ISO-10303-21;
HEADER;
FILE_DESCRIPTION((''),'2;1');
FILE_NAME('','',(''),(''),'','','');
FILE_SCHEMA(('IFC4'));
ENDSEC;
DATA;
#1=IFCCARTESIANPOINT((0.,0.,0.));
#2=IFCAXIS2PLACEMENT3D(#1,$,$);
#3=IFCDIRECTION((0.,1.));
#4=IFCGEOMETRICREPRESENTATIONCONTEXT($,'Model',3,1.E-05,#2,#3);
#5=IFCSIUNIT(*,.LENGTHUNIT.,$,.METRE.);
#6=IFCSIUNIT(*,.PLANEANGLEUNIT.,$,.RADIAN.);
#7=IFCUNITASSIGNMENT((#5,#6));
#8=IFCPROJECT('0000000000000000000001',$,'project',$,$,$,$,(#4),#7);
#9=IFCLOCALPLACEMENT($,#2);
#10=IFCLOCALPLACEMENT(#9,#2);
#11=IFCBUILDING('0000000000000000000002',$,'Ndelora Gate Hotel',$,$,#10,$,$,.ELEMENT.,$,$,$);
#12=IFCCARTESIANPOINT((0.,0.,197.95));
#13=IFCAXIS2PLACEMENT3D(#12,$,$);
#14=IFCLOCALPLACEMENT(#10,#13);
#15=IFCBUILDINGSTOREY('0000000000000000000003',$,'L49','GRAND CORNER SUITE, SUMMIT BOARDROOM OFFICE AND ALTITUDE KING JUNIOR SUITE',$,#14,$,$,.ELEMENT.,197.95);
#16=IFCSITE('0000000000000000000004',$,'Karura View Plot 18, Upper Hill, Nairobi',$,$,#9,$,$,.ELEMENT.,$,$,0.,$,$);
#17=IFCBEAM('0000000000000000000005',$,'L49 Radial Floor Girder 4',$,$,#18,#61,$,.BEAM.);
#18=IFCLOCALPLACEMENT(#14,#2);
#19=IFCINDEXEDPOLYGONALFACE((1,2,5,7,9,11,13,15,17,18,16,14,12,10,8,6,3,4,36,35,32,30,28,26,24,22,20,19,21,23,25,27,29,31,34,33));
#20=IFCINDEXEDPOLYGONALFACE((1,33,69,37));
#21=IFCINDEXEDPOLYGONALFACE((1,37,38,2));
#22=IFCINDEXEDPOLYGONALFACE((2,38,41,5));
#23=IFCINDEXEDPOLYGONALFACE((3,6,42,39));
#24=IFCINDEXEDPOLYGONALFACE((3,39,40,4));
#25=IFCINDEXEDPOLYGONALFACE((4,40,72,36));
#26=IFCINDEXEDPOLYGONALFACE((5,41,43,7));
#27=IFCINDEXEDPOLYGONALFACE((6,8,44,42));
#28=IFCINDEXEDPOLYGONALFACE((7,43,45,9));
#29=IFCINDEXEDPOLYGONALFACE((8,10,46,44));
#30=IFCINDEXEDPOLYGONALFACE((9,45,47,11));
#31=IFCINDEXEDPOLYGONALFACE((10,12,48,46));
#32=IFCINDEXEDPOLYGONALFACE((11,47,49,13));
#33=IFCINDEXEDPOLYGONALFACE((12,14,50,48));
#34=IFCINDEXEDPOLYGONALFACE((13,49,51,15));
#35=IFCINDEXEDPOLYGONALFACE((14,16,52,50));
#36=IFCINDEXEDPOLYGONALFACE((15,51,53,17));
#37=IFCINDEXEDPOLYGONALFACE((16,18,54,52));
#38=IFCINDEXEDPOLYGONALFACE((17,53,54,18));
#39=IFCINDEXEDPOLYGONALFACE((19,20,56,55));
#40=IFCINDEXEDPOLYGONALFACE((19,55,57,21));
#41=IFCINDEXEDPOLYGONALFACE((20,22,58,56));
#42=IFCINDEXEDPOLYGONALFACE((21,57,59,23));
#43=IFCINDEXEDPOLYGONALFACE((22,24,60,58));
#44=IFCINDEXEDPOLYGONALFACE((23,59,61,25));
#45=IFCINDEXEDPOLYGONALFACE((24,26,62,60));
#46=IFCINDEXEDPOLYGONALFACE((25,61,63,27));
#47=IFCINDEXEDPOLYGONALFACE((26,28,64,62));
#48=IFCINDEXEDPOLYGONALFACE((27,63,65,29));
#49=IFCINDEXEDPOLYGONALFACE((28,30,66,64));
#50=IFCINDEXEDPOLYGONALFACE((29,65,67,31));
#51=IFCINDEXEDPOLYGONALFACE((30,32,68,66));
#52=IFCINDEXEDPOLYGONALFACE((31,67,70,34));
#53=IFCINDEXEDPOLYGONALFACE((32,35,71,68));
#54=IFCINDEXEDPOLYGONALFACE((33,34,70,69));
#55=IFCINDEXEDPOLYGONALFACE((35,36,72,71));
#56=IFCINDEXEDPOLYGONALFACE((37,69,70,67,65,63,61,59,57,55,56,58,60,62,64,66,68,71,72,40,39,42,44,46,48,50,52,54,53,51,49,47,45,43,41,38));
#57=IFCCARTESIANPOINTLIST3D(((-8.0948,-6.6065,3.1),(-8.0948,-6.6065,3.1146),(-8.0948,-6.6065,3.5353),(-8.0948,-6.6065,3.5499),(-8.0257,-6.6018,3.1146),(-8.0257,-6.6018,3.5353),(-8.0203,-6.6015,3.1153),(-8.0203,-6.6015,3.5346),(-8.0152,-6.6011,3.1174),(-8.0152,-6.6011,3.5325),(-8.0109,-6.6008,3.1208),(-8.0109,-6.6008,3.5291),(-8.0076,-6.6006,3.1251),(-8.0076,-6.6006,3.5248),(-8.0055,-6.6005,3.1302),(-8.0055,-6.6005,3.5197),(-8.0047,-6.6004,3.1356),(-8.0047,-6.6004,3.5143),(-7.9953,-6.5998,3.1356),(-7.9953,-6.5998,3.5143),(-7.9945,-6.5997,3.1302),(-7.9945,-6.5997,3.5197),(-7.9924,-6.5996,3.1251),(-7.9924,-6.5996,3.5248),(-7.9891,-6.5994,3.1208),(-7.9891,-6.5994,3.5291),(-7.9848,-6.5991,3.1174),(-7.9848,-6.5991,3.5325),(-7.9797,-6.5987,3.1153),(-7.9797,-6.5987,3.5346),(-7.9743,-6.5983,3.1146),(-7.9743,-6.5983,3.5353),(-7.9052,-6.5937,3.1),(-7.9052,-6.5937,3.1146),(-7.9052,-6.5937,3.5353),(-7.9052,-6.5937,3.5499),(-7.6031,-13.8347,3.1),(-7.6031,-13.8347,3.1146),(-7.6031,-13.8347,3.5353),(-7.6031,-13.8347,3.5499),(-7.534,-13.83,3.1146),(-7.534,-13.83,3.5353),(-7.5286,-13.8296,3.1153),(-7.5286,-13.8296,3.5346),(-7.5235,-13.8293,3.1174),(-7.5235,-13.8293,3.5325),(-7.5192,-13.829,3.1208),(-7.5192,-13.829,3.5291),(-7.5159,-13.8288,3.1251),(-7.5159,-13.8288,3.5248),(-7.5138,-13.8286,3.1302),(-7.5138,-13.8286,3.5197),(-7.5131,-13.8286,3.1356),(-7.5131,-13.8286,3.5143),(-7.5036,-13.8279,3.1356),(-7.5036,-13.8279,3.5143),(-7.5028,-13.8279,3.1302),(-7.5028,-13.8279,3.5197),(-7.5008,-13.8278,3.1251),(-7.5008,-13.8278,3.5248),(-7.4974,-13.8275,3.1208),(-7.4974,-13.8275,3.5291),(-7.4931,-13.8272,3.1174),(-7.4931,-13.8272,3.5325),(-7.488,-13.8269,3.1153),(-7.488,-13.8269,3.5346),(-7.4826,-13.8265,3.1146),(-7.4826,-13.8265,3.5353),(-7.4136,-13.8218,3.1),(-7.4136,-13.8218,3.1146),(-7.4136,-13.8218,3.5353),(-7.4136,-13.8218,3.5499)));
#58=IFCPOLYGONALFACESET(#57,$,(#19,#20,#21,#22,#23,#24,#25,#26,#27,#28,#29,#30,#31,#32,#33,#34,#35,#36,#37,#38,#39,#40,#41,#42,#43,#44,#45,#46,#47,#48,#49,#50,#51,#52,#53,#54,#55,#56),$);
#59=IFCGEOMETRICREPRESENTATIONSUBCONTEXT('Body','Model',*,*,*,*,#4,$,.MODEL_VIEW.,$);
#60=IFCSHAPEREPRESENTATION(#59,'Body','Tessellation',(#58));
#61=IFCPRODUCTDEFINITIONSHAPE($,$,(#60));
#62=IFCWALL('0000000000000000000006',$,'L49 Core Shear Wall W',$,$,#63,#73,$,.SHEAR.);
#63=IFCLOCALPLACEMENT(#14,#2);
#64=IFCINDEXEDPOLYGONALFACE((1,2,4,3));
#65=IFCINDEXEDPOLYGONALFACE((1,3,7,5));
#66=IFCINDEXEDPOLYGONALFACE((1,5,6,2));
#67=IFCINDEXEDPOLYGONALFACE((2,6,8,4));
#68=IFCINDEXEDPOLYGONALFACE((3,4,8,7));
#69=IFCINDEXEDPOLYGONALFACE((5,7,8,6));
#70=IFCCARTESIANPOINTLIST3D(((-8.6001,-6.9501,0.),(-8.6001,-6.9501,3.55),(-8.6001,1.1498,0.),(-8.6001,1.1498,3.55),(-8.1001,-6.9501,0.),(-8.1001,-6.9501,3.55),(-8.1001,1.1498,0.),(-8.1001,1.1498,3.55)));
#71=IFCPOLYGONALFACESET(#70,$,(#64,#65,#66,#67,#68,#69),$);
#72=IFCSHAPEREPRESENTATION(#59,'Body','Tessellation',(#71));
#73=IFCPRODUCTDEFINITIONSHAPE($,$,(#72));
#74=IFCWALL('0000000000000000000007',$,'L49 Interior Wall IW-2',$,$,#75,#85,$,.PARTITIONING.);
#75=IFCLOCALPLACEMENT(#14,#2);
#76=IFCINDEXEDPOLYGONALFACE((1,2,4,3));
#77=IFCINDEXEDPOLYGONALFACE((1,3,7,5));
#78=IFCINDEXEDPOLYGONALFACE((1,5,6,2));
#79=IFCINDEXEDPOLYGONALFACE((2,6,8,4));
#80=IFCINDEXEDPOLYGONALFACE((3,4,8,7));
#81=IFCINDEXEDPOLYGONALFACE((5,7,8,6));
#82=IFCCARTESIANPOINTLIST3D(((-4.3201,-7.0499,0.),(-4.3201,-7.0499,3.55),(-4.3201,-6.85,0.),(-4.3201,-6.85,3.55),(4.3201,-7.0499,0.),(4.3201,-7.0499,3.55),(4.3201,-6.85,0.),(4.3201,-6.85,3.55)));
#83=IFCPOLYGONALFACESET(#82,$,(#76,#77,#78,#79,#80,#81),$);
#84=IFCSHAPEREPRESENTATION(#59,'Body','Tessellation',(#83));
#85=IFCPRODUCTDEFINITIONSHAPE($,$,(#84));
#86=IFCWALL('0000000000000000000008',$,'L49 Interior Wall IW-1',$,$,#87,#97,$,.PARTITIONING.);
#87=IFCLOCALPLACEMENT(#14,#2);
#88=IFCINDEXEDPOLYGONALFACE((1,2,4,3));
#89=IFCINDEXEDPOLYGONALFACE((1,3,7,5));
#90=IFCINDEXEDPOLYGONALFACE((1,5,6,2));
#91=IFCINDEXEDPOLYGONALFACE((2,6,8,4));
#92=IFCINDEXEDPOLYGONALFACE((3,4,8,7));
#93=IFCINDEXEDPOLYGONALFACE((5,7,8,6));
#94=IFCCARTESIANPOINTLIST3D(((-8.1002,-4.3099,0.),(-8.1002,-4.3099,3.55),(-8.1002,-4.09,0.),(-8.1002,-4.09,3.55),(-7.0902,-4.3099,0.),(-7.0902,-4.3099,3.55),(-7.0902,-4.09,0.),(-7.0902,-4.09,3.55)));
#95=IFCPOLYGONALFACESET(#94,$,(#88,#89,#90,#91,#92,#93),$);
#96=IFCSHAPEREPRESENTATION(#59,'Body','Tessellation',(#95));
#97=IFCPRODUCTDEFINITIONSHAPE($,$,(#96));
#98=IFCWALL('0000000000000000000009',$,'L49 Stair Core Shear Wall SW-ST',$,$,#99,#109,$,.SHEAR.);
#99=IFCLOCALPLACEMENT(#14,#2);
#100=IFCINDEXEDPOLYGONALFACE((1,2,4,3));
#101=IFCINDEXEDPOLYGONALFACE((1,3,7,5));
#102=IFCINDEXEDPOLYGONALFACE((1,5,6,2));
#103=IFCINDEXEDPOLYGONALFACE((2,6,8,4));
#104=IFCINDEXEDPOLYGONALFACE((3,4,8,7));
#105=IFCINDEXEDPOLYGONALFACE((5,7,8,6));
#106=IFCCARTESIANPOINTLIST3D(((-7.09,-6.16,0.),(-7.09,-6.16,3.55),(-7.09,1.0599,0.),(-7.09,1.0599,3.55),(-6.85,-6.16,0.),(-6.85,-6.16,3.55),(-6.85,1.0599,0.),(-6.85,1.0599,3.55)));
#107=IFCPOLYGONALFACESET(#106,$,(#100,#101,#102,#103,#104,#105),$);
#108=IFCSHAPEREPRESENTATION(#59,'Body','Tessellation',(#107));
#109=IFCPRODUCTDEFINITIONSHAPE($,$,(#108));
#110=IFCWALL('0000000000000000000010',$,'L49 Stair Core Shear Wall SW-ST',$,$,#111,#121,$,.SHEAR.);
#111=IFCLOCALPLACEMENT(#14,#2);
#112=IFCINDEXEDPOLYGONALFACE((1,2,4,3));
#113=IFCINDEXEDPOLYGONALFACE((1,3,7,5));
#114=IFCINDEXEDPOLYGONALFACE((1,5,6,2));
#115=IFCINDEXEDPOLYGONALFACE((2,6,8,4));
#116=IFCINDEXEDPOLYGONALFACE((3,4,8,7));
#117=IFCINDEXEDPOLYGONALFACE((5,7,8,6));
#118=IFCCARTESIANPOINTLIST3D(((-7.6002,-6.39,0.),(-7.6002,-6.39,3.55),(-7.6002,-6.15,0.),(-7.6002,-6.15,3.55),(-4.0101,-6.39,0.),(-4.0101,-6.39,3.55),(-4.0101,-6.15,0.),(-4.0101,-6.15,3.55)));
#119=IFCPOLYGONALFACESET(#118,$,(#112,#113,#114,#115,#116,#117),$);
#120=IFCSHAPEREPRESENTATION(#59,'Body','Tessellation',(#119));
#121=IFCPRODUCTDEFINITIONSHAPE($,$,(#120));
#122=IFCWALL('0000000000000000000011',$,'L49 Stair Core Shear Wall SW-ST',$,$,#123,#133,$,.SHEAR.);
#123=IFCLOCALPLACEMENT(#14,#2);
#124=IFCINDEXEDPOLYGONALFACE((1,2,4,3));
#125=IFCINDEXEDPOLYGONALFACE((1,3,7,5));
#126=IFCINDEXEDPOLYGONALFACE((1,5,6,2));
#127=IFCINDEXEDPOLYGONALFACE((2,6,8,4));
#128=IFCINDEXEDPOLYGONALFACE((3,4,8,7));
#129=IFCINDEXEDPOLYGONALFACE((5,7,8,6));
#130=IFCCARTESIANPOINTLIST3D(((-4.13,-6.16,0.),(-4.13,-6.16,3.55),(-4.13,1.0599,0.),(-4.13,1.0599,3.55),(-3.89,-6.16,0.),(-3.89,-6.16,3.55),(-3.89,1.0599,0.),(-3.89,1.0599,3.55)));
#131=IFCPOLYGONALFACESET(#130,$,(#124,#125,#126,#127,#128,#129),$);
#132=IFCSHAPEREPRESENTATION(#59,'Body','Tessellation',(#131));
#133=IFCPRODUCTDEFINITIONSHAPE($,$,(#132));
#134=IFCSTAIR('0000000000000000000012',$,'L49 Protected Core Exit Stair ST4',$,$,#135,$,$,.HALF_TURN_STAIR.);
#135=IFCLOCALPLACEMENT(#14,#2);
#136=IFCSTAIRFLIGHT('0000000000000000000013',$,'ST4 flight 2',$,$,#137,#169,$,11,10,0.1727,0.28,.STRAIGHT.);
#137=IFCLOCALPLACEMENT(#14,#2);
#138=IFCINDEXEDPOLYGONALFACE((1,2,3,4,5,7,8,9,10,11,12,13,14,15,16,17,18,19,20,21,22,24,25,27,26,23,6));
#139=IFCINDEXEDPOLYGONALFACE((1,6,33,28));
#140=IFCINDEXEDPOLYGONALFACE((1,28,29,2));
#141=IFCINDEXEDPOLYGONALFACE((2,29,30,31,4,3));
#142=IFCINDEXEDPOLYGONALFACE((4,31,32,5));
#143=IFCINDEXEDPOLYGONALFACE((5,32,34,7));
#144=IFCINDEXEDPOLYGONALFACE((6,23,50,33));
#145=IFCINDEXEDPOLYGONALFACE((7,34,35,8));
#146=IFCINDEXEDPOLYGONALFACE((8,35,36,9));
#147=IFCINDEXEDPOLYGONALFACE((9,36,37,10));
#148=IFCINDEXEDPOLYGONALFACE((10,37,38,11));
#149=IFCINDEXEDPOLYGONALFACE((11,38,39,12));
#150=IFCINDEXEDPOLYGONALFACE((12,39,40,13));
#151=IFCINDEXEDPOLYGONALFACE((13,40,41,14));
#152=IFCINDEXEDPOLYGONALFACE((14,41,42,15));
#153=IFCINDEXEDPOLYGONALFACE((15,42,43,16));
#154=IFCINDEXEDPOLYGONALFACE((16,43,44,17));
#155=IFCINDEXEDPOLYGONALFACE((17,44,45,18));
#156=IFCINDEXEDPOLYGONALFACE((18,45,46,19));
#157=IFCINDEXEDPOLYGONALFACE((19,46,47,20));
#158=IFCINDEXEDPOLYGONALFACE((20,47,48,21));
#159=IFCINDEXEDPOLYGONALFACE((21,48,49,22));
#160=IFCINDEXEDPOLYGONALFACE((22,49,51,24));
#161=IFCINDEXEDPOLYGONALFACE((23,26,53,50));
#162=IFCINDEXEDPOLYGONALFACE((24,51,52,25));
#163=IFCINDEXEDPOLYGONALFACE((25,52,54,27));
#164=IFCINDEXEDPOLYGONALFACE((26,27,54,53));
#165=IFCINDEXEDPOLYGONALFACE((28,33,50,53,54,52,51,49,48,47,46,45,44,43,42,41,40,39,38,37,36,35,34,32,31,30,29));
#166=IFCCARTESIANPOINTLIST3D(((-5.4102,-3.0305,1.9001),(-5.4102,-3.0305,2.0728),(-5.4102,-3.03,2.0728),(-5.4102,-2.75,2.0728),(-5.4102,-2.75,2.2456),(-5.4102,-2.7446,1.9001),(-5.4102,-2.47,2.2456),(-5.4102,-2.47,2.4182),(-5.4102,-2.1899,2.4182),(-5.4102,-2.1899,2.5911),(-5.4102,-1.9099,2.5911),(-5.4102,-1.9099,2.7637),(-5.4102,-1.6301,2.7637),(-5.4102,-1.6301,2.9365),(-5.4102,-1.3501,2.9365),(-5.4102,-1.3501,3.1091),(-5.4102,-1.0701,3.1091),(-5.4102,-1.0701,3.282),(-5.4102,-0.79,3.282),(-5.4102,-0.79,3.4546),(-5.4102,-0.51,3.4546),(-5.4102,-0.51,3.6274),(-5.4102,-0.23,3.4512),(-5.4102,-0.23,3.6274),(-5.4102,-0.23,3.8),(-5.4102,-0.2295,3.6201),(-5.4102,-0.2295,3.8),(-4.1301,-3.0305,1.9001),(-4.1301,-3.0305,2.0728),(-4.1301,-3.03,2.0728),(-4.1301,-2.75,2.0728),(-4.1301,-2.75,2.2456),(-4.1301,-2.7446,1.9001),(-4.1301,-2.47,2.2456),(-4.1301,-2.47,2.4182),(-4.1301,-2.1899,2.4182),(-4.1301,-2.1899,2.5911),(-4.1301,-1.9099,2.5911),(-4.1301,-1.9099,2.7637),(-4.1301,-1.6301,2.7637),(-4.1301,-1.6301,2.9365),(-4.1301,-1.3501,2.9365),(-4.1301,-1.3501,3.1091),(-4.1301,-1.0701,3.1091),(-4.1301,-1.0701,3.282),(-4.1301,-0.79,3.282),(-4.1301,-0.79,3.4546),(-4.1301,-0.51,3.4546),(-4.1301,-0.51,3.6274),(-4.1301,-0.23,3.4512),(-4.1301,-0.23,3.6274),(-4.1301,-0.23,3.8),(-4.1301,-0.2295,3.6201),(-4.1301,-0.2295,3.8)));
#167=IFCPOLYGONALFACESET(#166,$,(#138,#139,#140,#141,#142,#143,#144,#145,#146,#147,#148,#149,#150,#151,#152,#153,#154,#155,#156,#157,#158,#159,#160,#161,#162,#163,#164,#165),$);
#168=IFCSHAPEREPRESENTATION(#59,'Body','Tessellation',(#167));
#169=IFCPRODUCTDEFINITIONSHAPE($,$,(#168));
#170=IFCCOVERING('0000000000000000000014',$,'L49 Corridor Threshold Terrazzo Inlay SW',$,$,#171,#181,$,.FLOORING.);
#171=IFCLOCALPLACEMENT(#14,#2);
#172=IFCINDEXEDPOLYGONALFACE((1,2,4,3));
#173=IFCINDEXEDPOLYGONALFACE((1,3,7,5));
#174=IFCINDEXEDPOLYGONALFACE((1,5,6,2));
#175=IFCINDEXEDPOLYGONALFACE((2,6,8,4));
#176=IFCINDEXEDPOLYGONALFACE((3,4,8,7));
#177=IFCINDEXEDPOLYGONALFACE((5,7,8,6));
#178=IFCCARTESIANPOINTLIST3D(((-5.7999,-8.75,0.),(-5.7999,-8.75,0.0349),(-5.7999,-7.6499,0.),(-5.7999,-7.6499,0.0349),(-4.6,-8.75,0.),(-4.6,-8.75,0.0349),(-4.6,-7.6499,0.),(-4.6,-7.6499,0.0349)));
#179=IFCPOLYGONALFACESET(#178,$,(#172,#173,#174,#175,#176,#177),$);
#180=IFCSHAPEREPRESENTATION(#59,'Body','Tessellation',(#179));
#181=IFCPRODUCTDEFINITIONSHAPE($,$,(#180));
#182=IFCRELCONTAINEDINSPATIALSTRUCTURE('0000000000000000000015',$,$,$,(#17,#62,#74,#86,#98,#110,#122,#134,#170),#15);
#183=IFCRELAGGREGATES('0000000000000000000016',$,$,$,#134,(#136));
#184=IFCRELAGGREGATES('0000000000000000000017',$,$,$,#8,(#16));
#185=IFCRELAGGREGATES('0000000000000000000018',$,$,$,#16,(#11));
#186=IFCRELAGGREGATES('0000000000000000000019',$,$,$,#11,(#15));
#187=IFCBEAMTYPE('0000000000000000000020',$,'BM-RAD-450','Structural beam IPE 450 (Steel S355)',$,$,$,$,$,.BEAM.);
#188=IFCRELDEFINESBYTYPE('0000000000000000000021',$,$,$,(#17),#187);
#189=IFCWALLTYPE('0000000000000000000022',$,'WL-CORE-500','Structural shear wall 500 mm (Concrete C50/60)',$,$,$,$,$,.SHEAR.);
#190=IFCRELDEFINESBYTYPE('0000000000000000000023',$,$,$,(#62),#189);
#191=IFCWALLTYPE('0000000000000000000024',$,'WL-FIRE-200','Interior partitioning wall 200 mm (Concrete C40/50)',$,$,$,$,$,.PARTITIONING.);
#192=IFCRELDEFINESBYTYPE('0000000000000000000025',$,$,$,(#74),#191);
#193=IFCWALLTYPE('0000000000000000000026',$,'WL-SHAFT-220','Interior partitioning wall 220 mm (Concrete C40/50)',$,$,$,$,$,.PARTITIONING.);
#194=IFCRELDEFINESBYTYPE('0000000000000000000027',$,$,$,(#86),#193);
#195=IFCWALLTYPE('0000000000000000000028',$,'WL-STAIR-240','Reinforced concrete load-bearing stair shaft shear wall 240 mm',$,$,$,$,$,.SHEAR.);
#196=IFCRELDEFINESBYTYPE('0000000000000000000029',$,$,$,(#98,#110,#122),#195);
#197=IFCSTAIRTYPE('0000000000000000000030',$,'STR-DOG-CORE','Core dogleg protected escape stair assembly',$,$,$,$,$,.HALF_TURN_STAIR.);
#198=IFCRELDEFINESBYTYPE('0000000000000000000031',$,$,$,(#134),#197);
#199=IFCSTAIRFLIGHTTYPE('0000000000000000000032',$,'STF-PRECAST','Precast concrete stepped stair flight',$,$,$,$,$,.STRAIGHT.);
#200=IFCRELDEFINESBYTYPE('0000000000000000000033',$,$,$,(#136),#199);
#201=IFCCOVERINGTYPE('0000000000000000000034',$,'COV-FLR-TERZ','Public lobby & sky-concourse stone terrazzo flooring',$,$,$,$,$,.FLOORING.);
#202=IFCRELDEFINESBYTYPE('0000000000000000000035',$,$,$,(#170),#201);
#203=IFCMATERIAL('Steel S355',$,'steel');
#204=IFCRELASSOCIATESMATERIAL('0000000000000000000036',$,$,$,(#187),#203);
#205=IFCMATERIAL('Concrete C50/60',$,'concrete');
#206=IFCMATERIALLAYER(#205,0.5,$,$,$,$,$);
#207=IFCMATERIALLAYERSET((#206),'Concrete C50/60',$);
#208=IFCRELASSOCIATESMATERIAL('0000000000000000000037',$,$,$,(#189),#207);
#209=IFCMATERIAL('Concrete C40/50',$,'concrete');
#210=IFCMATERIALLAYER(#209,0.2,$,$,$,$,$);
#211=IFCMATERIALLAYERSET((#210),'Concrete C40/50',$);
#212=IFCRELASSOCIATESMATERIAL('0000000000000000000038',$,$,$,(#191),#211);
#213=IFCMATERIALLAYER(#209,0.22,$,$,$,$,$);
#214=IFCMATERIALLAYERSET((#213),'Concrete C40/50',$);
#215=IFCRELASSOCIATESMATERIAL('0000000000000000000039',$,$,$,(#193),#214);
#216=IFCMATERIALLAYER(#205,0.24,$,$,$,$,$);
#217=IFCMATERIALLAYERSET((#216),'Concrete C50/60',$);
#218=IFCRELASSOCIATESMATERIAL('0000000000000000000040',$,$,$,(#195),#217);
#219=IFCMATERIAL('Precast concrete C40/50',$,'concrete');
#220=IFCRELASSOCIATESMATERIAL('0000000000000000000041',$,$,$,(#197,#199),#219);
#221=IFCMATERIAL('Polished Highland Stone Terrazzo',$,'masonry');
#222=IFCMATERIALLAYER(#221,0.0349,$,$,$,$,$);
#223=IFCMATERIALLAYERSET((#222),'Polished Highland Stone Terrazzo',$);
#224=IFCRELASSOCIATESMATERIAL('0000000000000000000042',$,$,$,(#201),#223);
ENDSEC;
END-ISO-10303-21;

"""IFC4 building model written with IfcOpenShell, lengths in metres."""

from ifc_helpers import new_model, si_unit, direction, frame, frame_2d, origin, origin_2d, place, context, subcontext, project, spatial, polyline, rectangle, i_section, outline, extrude, material, layer, layer_set, material_profile, profile_set, type_object, element, aggregate, save


model = new_model("IFC4")

# Units and contexts
model_context = context("Model", 3, precision=1e-05, world=origin(), true_north=direction((0.0, 1.0)))
body_context = subcontext(model_context, "Body", "Model", "MODEL_VIEW")
ifc_project = project(units=[si_unit("LENGTHUNIT", "METRE"), si_unit("PLANEANGLEUNIT", "RADIAN")], contexts=[model_context])

# Site, building, storey
site_placement = place(None, origin())
site = spatial("IfcSite", under=ifc_project, at=site_placement, Name="Karura View Plot 18, Upper Hill, Nairobi", CompositionType="ELEMENT", RefElevation=0.0)
building_placement = place(site_placement, origin())
building = spatial("IfcBuilding", under=site, at=building_placement, Name="Ndelora Gate Hotel", CompositionType="ELEMENT")
storey_placement = place(building_placement, frame((0.0, 0.0, 197.95)))
storey = spatial("IfcBuildingStorey", under=building, at=storey_placement, Name="L49", Description="GRAND CORNER SUITE, SUMMIT BOARDROOM OFFICE AND ALTITUDE KING JUNIOR SUITE", CompositionType="ELEMENT", Elevation=197.95)

# Shared definitions
ifc_material_1 = material(Name="Concrete C50/60", Category="concrete")

# Beam
ifc_material_2 = material(Name="Steel S355", Category="steel")
ifc_material_profile_1 = material_profile(ifc_material_2, i_section(OverallWidth=0.1899, OverallDepth=0.45, WebThickness=0.0095, FlangeThickness=0.0146, FilletRadius=0.021, at=origin_2d()), Name="IPE 450")
ifc_profile_set_1 = profile_set([ifc_material_profile_1], Name="Steel S355")
beam_type_1 = type_object("IfcBeamType", Name="BM-RAD-450", Description="Structural beam IPE 450 (Steel S355)", PredefinedType="BEAM", material=ifc_profile_set_1)
beam_1_placement = place(storey_placement, frame((-8.0, -6.6001, 3.325), z_axis=(0.067868, -0.997694, 0.0), x_axis=(0.997694, 0.067868, 0.0)))
element("IfcBeam", 1, at=beam_1_placement, inside=storey, type_object=beam_type_1, Name="L49 Radial Floor Girder 4", PredefinedType="BEAM", context=body_context, shape_type="SweptSolid", body=[
    extrude(i_section(OverallWidth=0.1899, OverallDepth=0.45, WebThickness=0.0095, FlangeThickness=0.0146, FilletRadius=0.021, at=origin_2d()), origin(), (0.0, 0.0, 1.0), 7.2449),
])

# Walls
ifc_layer_1 = layer(ifc_material_1, 0.5)
ifc_layer_set_1 = layer_set([ifc_layer_1], Name="Concrete C50/60")
wall_type_1 = type_object("IfcWallType", Name="WL-CORE-500", Description="Structural shear wall 500 mm (Concrete C50/60)", PredefinedType="SHEAR", material=ifc_layer_set_1)
wall_1_placement = place(storey_placement, frame((-8.3501, -6.95, 0.0), z_axis=(0.0, 0.0, 1.0), x_axis=(0.0, 1.0, 0.0)))
element("IfcWall", 2, at=wall_1_placement, inside=storey, type_object=wall_type_1, Name="L49 Core Shear Wall W", PredefinedType="SHEAR", context=body_context, shape_type="SweptSolid", body=[
    extrude(rectangle(XDim=8.0999, YDim=0.5, at=frame_2d((4.0498, 0.0))), origin(), (0.0, 0.0, 1.0), 3.55),
])
ifc_material_3 = material(Name="Concrete C40/50", Category="concrete")
ifc_layer_2 = layer(ifc_material_3, 0.2)
ifc_layer_set_2 = layer_set([ifc_layer_2], Name="Concrete C40/50")
wall_type_2 = type_object("IfcWallType", Name="WL-FIRE-200", Description="Interior partitioning wall 200 mm (Concrete C40/50)", PredefinedType="PARTITIONING", material=ifc_layer_set_2)
wall_2_placement = place(storey_placement, frame((-4.3201, -6.95, 0.0), z_axis=(0.0, 0.0, 1.0), x_axis=(1.0, 0.0, 0.0)))
element("IfcWall", 3, at=wall_2_placement, inside=storey, type_object=wall_type_2, Name="L49 Interior Wall IW-2", PredefinedType="PARTITIONING", context=body_context, shape_type="SweptSolid", body=[
    extrude(rectangle(XDim=8.6401, YDim=0.2, at=frame_2d((4.3201, 0.0))), origin(), (0.0, 0.0, 1.0), 3.55),
])
ifc_layer_3 = layer(ifc_material_3, 0.22)
ifc_layer_set_3 = layer_set([ifc_layer_3], Name="Concrete C40/50")
wall_type_3 = type_object("IfcWallType", Name="WL-SHAFT-220", Description="Interior partitioning wall 220 mm (Concrete C40/50)", PredefinedType="PARTITIONING", material=ifc_layer_set_3)
wall_3_placement = place(storey_placement, frame((-8.1001, -4.2, 0.0), z_axis=(0.0, 0.0, 1.0), x_axis=(1.0, 0.0, 0.0)))
element("IfcWall", 4, at=wall_3_placement, inside=storey, type_object=wall_type_3, Name="L49 Interior Wall IW-1", PredefinedType="PARTITIONING", context=body_context, shape_type="SweptSolid", body=[
    extrude(rectangle(XDim=1.01, YDim=0.22, at=frame_2d((0.5049, 0.0))), origin(), (0.0, 0.0, 1.0), 3.55),
])
ifc_layer_4 = layer(ifc_material_1, 0.24)
ifc_layer_set_4 = layer_set([ifc_layer_4], Name="Concrete C50/60")
wall_type_4 = type_object("IfcWallType", Name="WL-STAIR-240", Description="Reinforced concrete load-bearing stair shaft shear wall 240 mm", PredefinedType="SHEAR", material=ifc_layer_set_4)
wall_4_placement = place(storey_placement, frame((-6.97, -6.1599, 0.0), z_axis=(0.0, 0.0, 1.0), x_axis=(0.0, 1.0, 0.0)))
element("IfcWall", 5, at=wall_4_placement, inside=storey, type_object=wall_type_4, Name="L49 Stair Core Shear Wall SW-ST", PredefinedType="SHEAR", context=body_context, shape_type="SweptSolid", body=[
    extrude(rectangle(XDim=7.22, YDim=0.24, at=frame_2d((3.6099, 0.0))), origin(), (0.0, 0.0, 1.0), 3.55),
])
wall_5_placement = place(storey_placement, frame((-7.6001, -6.27, 0.0), z_axis=(0.0, 0.0, 1.0), x_axis=(1.0, 0.0, 0.0)))
element("IfcWall", 6, at=wall_5_placement, inside=storey, type_object=wall_type_4, Name="L49 Stair Core Shear Wall SW-ST", PredefinedType="SHEAR", context=body_context, shape_type="SweptSolid", body=[
    extrude(rectangle(XDim=3.5901, YDim=0.24, at=frame_2d((1.7949, 0.0))), origin(), (0.0, 0.0, 1.0), 3.55),
])
wall_6_placement = place(storey_placement, frame((-4.01, -6.1599, 0.0), z_axis=(0.0, 0.0, 1.0), x_axis=(0.0, 1.0, 0.0)))
element("IfcWall", 7, at=wall_6_placement, inside=storey, type_object=wall_type_4, Name="L49 Stair Core Shear Wall SW-ST", PredefinedType="SHEAR", context=body_context, shape_type="SweptSolid", body=[
    extrude(rectangle(XDim=7.22, YDim=0.24, at=frame_2d((3.6099, 0.0))), origin(), (0.0, 0.0, 1.0), 3.55),
])

# Stair, stair flight
ifc_material_4 = material(Name="Precast concrete C40/50", Category="concrete")
stair_type = type_object("IfcStairType", Name="STR-DOG-CORE", Description="Core dogleg protected escape stair assembly", PredefinedType="HALF_TURN_STAIR", material=ifc_material_4)
stair_placement = place(storey_placement, origin())
stair = element("IfcStair", 8, at=stair_placement, inside=storey, type_object=stair_type, Name="L49 Protected Core Exit Stair ST4", PredefinedType="HALF_TURN_STAIR")
stair_flight_type = type_object("IfcStairFlightType", Name="STF-PRECAST", Description="Precast concrete stepped stair flight", PredefinedType="STRAIGHT", material=ifc_material_4)
stair_flight_placement = place(storey_placement, frame((-4.77, -3.03, 1.9001), z_axis=(0.0, 0.0, 1.0), x_axis=(0.0, 1.0, 0.0)))
stair_flight = element("IfcStairFlight", 9, at=stair_flight_placement, type_object=stair_flight_type, Name="ST4 flight 2", NumberOfRisers=11, NumberOfTreads=10, PredefinedType="STRAIGHT", RiserHeight=0.1727, TreadLength=0.28, context=body_context, shape_type="SweptSolid", body=[
    extrude(outline(polyline([(-0.0005, 0.0), (-0.0005, 0.1726), (0.0, 0.1726), (0.28, 0.1726), (0.28, 0.3455), (0.5601, 0.3455), (0.5601, 0.5181), (0.8401, 0.5181), (0.8401, 0.6909), (1.1201, 0.6909), (1.1201, 0.8635), (1.3999, 0.8635), (1.3999, 1.0364), (1.6799, 1.0364), (1.6799, 1.209), (1.96, 1.209), (1.96, 1.3818), (2.24, 1.3818), (2.24, 1.5544), (2.52, 1.5544), (2.52, 1.7273), (2.8, 1.7273), (2.8, 1.8999), (2.8005, 1.8999), (2.8005, 1.72), (2.8, 1.551), (0.2854, 0.0), (-0.0005, 0.0)])), frame((0.0, 0.6401, 0.0), z_axis=(0.0, -1.0, 0.0), x_axis=(1.0, 0.0, 0.0)), (0.0, 0.0, 1.0), 1.28),
])
aggregate(stair, [stair_flight])

# Covering
ifc_material_5 = material(Name="Polished Highland Stone Terrazzo", Category="masonry")
ifc_layer_5 = layer(ifc_material_5, 0.0349)
ifc_layer_set_5 = layer_set([ifc_layer_5], Name="Polished Highland Stone Terrazzo")
covering_type = type_object("IfcCoveringType", Name="COV-FLR-TERZ", Description="Public lobby & sky-concourse stone terrazzo flooring", PredefinedType="FLOORING", material=ifc_layer_set_5)
covering_placement = place(storey_placement, frame((-5.2, -8.2, 0.0), z_axis=(0.0, 0.0, 1.0), x_axis=(1.0, 0.0, 0.0)))
element("IfcCovering", 10, at=covering_placement, inside=storey, type_object=covering_type, Name="L49 Corridor Threshold Terrazzo Inlay SW", PredefinedType="FLOORING", context=body_context, shape_type="SweptSolid", body=[
    extrude(rectangle(XDim=1.2, YDim=1.1001, at=origin_2d()), origin(), (0.0, 0.0, 1.0), 0.0349),
])

save(model, "model.ifc")
